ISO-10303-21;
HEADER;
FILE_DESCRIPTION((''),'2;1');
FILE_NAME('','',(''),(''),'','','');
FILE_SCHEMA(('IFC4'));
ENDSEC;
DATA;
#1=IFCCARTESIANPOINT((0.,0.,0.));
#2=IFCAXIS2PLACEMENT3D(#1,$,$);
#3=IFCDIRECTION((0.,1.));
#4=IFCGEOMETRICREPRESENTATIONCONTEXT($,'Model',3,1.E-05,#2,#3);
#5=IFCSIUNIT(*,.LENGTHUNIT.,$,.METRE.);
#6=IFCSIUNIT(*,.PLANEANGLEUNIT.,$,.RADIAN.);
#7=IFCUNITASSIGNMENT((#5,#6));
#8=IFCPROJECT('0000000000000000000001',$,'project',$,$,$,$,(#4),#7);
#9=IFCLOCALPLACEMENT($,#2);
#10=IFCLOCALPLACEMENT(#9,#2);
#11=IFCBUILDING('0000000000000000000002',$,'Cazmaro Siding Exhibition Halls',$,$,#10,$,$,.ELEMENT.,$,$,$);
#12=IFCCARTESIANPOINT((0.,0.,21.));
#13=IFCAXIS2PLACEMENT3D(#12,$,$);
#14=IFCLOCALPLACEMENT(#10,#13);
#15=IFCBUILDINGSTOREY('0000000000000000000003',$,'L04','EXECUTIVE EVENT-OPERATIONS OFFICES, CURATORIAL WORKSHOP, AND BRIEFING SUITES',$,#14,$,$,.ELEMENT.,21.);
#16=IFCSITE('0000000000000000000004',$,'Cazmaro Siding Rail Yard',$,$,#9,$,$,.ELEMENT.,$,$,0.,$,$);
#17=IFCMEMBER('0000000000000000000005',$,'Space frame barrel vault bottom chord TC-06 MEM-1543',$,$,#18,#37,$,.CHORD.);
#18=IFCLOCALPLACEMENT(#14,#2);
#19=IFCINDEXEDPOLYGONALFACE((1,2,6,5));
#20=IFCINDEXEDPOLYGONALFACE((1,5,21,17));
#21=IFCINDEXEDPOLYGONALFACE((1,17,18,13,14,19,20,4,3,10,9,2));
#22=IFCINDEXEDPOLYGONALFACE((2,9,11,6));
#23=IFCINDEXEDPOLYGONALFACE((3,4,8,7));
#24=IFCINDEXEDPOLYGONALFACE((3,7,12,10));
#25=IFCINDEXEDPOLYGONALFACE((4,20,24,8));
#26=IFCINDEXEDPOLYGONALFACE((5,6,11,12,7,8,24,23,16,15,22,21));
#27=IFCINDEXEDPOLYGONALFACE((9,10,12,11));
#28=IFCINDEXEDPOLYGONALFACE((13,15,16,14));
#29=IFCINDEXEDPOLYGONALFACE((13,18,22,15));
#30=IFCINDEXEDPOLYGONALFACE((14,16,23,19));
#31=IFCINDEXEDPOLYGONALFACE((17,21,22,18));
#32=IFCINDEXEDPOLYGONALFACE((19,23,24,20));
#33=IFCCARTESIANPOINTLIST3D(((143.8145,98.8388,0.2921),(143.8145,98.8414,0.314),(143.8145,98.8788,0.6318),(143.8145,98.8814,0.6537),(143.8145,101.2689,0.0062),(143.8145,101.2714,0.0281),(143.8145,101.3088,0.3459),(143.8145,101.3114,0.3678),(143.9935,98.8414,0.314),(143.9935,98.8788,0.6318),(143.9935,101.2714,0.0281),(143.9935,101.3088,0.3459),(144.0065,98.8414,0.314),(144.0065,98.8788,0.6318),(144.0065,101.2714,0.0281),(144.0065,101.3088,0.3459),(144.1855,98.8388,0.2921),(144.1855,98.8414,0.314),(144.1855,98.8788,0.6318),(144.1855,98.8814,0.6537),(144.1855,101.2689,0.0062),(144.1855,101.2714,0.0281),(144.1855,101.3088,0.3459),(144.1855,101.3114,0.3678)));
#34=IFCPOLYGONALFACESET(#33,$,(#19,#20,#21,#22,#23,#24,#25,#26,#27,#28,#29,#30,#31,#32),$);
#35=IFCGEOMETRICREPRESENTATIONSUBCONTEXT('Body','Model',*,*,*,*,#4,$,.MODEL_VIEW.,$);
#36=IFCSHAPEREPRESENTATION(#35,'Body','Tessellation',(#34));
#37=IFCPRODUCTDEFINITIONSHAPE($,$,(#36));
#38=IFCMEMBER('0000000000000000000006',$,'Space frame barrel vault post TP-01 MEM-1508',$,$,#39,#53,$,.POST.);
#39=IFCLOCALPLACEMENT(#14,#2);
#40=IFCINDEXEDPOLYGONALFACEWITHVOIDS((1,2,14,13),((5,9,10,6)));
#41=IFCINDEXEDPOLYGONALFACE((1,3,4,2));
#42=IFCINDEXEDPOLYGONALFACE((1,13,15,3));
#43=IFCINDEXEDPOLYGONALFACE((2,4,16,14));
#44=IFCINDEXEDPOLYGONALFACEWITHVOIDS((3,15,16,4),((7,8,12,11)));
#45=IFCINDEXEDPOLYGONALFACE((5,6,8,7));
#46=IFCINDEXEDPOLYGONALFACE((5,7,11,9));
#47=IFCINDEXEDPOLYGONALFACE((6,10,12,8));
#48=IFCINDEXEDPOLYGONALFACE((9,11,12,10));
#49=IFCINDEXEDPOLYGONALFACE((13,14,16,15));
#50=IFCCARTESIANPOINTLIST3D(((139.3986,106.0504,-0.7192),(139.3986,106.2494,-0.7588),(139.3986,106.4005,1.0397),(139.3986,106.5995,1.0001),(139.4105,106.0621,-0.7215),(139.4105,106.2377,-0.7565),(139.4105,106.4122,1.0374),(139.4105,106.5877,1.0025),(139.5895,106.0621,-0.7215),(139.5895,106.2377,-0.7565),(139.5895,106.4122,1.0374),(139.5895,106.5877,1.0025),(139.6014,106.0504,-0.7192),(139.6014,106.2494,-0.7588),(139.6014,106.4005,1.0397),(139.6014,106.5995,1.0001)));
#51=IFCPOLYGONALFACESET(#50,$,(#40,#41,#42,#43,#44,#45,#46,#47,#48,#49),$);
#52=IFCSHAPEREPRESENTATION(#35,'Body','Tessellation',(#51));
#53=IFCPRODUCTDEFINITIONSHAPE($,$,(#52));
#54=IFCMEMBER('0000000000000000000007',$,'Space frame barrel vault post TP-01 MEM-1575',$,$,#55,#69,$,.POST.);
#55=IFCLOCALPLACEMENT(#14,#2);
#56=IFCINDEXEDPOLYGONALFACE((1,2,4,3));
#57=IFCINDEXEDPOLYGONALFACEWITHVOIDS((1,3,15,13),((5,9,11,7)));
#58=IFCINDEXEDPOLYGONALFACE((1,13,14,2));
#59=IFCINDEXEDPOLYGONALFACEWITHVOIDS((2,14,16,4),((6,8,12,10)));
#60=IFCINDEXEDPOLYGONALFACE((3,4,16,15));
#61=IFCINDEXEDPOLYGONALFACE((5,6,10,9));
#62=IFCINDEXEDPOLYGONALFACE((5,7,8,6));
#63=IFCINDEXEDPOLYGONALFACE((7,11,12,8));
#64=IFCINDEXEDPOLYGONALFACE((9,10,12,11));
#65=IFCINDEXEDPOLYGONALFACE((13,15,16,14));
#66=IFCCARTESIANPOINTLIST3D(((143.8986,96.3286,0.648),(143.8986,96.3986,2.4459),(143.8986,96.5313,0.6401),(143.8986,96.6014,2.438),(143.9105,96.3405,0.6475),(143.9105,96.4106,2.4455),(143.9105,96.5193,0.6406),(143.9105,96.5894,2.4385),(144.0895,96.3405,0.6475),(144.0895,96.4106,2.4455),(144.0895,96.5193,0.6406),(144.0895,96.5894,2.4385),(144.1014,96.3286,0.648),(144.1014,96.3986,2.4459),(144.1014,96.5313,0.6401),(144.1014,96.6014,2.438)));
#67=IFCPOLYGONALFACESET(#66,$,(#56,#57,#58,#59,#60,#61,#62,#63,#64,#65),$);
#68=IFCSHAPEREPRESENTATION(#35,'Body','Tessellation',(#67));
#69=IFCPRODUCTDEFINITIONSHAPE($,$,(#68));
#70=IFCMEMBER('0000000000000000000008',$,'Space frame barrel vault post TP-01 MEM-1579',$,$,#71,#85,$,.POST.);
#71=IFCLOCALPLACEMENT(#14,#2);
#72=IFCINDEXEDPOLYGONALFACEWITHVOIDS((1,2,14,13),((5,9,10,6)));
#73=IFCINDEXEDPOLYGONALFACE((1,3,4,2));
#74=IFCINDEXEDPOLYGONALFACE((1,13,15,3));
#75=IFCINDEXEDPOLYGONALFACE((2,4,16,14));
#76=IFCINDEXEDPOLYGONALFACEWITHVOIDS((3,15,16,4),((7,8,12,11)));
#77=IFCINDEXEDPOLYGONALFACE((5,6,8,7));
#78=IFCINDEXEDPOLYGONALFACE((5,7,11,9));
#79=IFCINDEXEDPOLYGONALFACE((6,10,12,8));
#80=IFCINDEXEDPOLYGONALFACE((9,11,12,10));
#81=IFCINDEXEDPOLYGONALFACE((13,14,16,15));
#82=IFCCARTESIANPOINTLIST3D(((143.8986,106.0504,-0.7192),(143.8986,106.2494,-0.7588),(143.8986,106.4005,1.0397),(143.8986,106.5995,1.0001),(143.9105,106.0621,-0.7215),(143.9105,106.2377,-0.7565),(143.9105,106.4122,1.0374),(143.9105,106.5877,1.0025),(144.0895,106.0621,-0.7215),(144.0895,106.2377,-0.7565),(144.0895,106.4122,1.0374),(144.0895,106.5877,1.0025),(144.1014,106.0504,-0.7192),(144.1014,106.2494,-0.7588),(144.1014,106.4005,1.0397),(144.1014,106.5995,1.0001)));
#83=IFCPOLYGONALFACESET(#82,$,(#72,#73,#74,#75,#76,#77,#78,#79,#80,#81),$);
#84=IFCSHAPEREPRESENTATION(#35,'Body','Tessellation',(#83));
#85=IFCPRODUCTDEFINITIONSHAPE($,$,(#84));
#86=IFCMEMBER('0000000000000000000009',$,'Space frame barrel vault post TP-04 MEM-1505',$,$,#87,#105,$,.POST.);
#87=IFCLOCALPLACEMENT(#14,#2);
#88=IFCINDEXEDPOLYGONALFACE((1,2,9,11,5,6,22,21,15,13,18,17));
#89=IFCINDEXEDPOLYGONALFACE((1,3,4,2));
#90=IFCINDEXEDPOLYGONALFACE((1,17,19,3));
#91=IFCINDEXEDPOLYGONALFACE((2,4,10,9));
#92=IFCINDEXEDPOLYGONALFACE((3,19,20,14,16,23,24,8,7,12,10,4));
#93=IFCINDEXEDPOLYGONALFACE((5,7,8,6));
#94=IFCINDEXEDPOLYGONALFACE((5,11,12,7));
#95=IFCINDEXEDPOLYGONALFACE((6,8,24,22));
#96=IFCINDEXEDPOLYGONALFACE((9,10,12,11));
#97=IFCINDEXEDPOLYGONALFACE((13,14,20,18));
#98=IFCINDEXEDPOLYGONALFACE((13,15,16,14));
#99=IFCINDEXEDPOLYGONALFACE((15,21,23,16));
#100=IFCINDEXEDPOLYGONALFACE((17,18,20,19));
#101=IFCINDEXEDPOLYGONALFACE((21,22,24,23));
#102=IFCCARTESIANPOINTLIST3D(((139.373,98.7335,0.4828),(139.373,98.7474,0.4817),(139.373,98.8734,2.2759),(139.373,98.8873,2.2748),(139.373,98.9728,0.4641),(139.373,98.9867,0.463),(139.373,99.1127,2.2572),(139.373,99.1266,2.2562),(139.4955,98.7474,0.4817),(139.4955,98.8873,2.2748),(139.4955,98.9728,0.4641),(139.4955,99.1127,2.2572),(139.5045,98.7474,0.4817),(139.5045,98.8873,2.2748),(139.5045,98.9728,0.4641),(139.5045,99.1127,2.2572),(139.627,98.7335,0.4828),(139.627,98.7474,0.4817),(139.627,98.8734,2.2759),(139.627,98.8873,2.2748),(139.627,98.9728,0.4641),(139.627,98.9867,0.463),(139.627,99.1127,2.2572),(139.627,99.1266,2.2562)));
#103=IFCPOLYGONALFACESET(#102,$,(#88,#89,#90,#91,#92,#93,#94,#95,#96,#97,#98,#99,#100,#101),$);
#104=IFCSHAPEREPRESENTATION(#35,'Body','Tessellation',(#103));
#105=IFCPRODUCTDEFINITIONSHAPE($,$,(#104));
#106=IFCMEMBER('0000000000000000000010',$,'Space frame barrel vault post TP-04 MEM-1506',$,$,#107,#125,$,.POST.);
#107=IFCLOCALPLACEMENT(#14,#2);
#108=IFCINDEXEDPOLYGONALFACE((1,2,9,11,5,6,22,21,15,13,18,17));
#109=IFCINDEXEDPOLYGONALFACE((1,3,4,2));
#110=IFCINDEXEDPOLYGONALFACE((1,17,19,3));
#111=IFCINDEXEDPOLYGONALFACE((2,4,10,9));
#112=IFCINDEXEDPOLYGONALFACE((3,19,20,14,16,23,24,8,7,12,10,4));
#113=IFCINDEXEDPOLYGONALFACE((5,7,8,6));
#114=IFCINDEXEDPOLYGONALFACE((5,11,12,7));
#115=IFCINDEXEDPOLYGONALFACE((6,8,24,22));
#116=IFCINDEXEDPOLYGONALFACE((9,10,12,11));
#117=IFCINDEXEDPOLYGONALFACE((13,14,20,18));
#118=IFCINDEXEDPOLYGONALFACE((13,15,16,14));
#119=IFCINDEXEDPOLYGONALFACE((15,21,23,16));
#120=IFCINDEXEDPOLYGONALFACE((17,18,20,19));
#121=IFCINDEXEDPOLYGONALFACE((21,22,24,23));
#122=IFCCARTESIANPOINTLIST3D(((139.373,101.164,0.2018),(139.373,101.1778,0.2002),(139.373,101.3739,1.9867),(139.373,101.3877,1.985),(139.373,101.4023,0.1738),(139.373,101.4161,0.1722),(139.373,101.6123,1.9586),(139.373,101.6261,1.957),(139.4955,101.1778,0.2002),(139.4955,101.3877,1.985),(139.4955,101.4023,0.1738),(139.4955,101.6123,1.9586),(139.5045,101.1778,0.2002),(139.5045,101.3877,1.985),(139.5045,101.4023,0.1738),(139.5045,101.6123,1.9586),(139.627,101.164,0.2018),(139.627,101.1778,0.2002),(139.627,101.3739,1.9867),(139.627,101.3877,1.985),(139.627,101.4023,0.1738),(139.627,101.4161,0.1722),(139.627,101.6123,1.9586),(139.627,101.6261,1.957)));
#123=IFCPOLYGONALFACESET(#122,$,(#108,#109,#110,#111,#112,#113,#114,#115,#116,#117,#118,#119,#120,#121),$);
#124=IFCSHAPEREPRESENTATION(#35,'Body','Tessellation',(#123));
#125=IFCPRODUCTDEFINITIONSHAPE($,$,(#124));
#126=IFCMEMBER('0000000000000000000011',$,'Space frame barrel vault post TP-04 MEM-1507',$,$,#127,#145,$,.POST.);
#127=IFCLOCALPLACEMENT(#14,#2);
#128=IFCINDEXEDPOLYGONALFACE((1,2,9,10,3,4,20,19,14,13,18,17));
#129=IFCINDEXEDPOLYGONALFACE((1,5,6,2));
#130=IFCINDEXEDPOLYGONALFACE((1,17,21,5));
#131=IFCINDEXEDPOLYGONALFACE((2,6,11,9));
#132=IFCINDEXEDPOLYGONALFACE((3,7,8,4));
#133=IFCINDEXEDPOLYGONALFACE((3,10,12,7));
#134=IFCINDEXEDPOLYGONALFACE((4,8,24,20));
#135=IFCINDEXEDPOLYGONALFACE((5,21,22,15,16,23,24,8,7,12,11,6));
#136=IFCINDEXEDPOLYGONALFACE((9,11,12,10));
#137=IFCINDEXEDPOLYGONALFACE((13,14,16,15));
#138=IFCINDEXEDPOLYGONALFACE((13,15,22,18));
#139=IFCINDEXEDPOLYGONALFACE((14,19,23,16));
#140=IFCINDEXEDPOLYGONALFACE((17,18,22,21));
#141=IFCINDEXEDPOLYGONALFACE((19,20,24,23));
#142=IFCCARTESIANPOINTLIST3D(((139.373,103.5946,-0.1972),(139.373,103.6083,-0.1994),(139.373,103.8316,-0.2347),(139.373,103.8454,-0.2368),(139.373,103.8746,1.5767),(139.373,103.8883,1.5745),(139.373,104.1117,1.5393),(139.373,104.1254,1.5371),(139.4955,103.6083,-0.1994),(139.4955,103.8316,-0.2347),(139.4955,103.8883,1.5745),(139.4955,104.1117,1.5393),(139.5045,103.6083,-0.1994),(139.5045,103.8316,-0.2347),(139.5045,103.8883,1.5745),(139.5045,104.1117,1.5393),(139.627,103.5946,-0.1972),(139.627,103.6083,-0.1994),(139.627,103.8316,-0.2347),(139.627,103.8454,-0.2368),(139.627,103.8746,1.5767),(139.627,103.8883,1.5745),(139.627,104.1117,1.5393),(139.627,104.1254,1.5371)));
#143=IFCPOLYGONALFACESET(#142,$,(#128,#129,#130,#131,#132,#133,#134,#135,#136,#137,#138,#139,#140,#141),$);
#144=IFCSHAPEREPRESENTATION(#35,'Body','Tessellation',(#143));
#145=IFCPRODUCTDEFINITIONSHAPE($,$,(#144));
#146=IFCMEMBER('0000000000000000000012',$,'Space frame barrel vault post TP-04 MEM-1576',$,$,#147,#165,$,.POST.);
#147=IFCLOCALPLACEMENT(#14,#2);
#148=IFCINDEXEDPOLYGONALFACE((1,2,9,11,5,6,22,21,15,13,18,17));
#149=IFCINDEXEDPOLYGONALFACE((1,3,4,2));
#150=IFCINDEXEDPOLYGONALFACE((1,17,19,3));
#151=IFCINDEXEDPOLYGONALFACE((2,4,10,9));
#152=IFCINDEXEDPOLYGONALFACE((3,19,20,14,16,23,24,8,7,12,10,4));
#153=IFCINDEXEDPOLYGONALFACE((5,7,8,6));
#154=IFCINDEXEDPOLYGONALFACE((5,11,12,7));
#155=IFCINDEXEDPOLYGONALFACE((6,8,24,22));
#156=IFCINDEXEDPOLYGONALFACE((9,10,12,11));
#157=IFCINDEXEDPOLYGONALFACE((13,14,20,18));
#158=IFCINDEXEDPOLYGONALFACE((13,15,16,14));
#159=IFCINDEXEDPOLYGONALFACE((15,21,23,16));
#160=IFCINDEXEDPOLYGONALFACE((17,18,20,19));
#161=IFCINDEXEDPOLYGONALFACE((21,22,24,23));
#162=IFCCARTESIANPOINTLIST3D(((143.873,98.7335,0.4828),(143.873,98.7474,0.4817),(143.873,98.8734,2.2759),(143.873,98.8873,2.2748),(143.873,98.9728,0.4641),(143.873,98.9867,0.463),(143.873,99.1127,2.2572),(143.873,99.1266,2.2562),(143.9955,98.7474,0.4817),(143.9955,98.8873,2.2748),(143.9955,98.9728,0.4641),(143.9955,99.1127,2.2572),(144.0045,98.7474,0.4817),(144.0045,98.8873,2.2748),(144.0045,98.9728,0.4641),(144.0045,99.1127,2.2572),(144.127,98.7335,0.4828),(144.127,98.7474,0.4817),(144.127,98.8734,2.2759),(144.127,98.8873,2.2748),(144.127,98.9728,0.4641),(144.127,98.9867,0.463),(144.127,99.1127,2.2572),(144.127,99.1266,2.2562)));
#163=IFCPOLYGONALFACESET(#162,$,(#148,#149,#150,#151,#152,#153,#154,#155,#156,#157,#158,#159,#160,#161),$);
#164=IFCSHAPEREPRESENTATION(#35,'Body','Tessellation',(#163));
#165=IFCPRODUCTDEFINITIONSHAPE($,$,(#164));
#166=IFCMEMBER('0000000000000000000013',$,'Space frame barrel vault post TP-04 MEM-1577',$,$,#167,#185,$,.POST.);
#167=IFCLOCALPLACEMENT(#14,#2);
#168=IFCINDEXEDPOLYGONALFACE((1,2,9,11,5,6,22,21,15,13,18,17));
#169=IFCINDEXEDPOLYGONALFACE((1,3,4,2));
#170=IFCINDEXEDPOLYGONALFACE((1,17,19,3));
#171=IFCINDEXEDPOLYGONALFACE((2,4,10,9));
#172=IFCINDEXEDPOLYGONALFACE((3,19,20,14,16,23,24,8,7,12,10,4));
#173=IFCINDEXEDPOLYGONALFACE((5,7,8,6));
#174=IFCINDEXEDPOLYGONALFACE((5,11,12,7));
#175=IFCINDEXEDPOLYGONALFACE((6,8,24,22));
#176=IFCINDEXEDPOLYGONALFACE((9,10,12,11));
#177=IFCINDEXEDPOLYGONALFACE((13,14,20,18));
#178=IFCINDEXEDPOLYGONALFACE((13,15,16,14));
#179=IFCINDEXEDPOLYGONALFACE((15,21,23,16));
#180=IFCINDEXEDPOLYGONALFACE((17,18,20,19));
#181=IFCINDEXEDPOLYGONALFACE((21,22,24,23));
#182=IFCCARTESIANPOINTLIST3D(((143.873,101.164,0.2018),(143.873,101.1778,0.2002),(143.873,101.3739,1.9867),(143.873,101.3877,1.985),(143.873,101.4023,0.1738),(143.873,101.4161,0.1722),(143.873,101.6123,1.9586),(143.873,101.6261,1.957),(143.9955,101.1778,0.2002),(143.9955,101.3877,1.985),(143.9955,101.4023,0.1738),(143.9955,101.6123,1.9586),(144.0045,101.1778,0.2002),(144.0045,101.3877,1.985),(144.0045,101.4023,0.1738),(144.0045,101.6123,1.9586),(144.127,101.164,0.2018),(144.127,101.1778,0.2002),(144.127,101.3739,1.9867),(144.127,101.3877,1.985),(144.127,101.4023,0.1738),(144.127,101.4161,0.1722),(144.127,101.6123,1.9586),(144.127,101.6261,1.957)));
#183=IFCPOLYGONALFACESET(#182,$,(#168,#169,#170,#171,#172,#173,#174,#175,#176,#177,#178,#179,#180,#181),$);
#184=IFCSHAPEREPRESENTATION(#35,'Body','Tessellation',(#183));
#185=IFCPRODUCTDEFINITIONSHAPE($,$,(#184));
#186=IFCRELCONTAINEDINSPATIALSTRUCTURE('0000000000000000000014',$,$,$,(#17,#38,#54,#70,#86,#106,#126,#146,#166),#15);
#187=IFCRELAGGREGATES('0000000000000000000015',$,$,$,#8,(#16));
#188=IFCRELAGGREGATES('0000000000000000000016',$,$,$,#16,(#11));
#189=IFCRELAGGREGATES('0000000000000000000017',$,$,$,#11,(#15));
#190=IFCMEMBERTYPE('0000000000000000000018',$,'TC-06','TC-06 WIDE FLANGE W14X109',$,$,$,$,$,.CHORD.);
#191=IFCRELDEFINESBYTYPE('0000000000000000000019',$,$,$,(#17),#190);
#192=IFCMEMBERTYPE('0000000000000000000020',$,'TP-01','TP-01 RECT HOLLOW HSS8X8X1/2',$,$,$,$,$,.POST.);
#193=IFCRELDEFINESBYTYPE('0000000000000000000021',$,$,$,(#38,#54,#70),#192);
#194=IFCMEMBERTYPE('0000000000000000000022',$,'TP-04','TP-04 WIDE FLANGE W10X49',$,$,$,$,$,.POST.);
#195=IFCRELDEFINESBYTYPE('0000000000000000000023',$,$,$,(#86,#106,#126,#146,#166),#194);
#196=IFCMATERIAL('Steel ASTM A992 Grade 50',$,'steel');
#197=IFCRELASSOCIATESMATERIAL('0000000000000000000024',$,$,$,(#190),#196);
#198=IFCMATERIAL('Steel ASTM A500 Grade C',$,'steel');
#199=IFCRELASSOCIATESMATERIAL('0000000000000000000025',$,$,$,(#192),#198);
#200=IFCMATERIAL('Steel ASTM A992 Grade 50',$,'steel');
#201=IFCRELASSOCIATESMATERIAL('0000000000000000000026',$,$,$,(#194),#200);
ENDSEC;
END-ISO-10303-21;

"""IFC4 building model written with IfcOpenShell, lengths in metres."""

from ifc_helpers import new_model, si_unit, direction, frame, origin, origin_2d, place, context, subcontext, project, spatial, hollow_rectangle, i_section, extrude, material, material_profile, profile_set, type_object, element, save


model = new_model("IFC4")

# Units and contexts
model_context = context("Model", 3, precision=1e-05, world=origin(), true_north=direction((0.0, 1.0)))
body_context = subcontext(model_context, "Body", "Model", "MODEL_VIEW")
ifc_project = project(units=[si_unit("LENGTHUNIT", "METRE"), si_unit("PLANEANGLEUNIT", "RADIAN")], contexts=[model_context])

# Site, building, storey
site_placement = place(None, origin())
site = spatial("IfcSite", under=ifc_project, at=site_placement, Name="Cazmaro Siding Rail Yard", CompositionType="ELEMENT", RefElevation=0.0)
building_placement = place(site_placement, origin())
building = spatial("IfcBuilding", under=site, at=building_placement, Name="Cazmaro Siding Exhibition Halls", CompositionType="ELEMENT")
storey_placement = place(building_placement, frame((0.0, 0.0, 21.0)))
storey = spatial("IfcBuildingStorey", under=building, at=storey_placement, Name="L04", Description="EXECUTIVE EVENT-OPERATIONS OFFICES, CURATORIAL WORKSHOP, AND BRIEFING SUITES", CompositionType="ELEMENT", Elevation=21.0)

# Members
ifc_material_1 = material(Name="Steel ASTM A992 Grade 50", Category="steel")
ifc_material_profile_1 = material_profile(ifc_material_1, i_section(OverallWidth=0.3711, OverallDepth=0.364, WebThickness=0.0129, FlangeThickness=0.022, at=origin_2d()), Name="W14X109")
ifc_profile_set_1 = profile_set([ifc_material_profile_1], Name="Steel ASTM A992 Grade 50")
member_type_1 = type_object("IfcMemberType", Name="TC-06", Description="TC-06 WIDE FLANGE W14X109", PredefinedType="CHORD", material=ifc_profile_set_1)
member_1_placement = place(storey_placement, frame((144.0, 98.8601, 0.4729), z_axis=(0.0, 0.99315, -0.116847), x_axis=(-1.0, 0.0, 0.0)))
element("IfcMember", 1, at=member_1_placement, inside=storey, type_object=member_type_1, Name="Space frame barrel vault bottom chord TC-06 MEM-1543", PredefinedType="CHORD", context=body_context, shape_type="SweptSolid", body=[
    extrude(i_section(OverallWidth=0.3711, OverallDepth=0.364, WebThickness=0.0129, FlangeThickness=0.022, at=origin_2d()), origin(), (0.0, 0.0, 1.0), 2.4468),
])
ifc_material_2 = material(Name="Steel ASTM A500 Grade C", Category="steel")
ifc_material_profile_2 = material_profile(ifc_material_2, hollow_rectangle(XDim=0.2029, YDim=0.2029, WallThickness=0.012, at=origin_2d()), Name="HSS8X8X1/2")
ifc_profile_set_2 = profile_set([ifc_material_profile_2], Name="Steel ASTM A500 Grade C")
member_type_2 = type_object("IfcMemberType", Name="TP-01", Description="TP-01 RECT HOLLOW HSS8X8X1/2", PredefinedType="POST", material=ifc_profile_set_2)
member_2_placement = place(storey_placement, frame((139.5, 106.1499, -0.739), z_axis=(0.0, 0.1952, 0.980763), x_axis=(-1.0, 0.0, 0.0)))
element("IfcMember", 2, at=member_2_placement, inside=storey, type_object=member_type_2, Name="Space frame barrel vault post TP-01 MEM-1508", PredefinedType="POST", context=body_context, shape_type="SweptSolid", body=[
    extrude(hollow_rectangle(XDim=0.2029, YDim=0.2029, WallThickness=0.012, at=origin_2d()), origin(), (0.0, 0.0, 1.0), 1.7935),
])
member_3_placement = place(storey_placement, frame((144.0, 96.4299, 0.644), z_axis=(0.0, 0.038944, 0.999241), x_axis=(-1.0, 0.0, 0.0)))
element("IfcMember", 3, at=member_3_placement, inside=storey, type_object=member_type_2, Name="Space frame barrel vault post TP-01 MEM-1575", PredefinedType="POST", context=body_context, shape_type="SweptSolid", body=[
    extrude(hollow_rectangle(XDim=0.2029, YDim=0.2029, WallThickness=0.012, at=origin_2d()), origin(), (0.0, 0.0, 1.0), 1.7993),
])
member_4_placement = place(storey_placement, frame((144.0, 106.1499, -0.739), z_axis=(0.0, 0.1952, 0.980763), x_axis=(-1.0, 0.0, 0.0)))
element("IfcMember", 4, at=member_4_placement, inside=storey, type_object=member_type_2, Name="Space frame barrel vault post TP-01 MEM-1579", PredefinedType="POST", context=body_context, shape_type="SweptSolid", body=[
    extrude(hollow_rectangle(XDim=0.2029, YDim=0.2029, WallThickness=0.012, at=origin_2d()), origin(), (0.0, 0.0, 1.0), 1.7935),
])
ifc_material_3 = material(Name="Steel ASTM A992 Grade 50", Category="steel")
ifc_material_profile_3 = material_profile(ifc_material_3, i_section(OverallWidth=0.2539, OverallDepth=0.2539, WebThickness=0.009, FlangeThickness=0.0139, at=origin_2d()), Name="W10X49")
ifc_profile_set_3 = profile_set([ifc_material_profile_3], Name="Steel ASTM A992 Grade 50")
member_type_3 = type_object("IfcMemberType", Name="TP-04", Description="TP-04 WIDE FLANGE W10X49", PredefinedType="POST", material=ifc_profile_set_3)
member_5_placement = place(storey_placement, frame((139.5, 98.8601, 0.4729), z_axis=(0.0, 0.077776, 0.996971), x_axis=(-1.0, 0.0, 0.0)))
element("IfcMember", 5, at=member_5_placement, inside=storey, type_object=member_type_3, Name="Space frame barrel vault post TP-04 MEM-1505", PredefinedType="POST", context=body_context, shape_type="SweptSolid", body=[
    extrude(i_section(OverallWidth=0.2539, OverallDepth=0.2539, WebThickness=0.009, FlangeThickness=0.0139, at=origin_2d()), origin(), (0.0, 0.0, 1.0), 1.7986),
])
member_6_placement = place(storey_placement, frame((139.5, 101.29, 0.187), z_axis=(0.0, 0.116825, 0.993152), x_axis=(-1.0, 0.0, 0.0)))
element("IfcMember", 6, at=member_6_placement, inside=storey, type_object=member_type_3, Name="Space frame barrel vault post TP-04 MEM-1506", PredefinedType="POST", context=body_context, shape_type="SweptSolid", body=[
    extrude(i_section(OverallWidth=0.2539, OverallDepth=0.2539, WebThickness=0.009, FlangeThickness=0.0139, at=origin_2d()), origin(), (0.0, 0.0, 1.0), 1.7971),
])
member_7_placement = place(storey_placement, frame((139.5, 103.72, -0.217), z_axis=(0.0, 0.155928, 0.987768), x_axis=(-1.0, 0.0, 0.0)))
element("IfcMember", 7, at=member_7_placement, inside=storey, type_object=member_type_3, Name="Space frame barrel vault post TP-04 MEM-1507", PredefinedType="POST", context=body_context, shape_type="SweptSolid", body=[
    extrude(i_section(OverallWidth=0.2539, OverallDepth=0.2539, WebThickness=0.009, FlangeThickness=0.0139, at=origin_2d()), origin(), (0.0, 0.0, 1.0), 1.7959),
])
member_8_placement = place(storey_placement, frame((144.0, 98.8601, 0.4729), z_axis=(0.0, 0.077776, 0.996971), x_axis=(-1.0, 0.0, 0.0)))
element("IfcMember", 8, at=member_8_placement, inside=storey, type_object=member_type_3, Name="Space frame barrel vault post TP-04 MEM-1576", PredefinedType="POST", context=body_context, shape_type="SweptSolid", body=[
    extrude(i_section(OverallWidth=0.2539, OverallDepth=0.2539, WebThickness=0.009, FlangeThickness=0.0139, at=origin_2d()), origin(), (0.0, 0.0, 1.0), 1.7986),
])
member_9_placement = place(storey_placement, frame((144.0, 101.29, 0.187), z_axis=(0.0, 0.116825, 0.993152), x_axis=(-1.0, 0.0, 0.0)))
element("IfcMember", 9, at=member_9_placement, inside=storey, type_object=member_type_3, Name="Space frame barrel vault post TP-04 MEM-1577", PredefinedType="POST", context=body_context, shape_type="SweptSolid", body=[
    extrude(i_section(OverallWidth=0.2539, OverallDepth=0.2539, WebThickness=0.009, FlangeThickness=0.0139, at=origin_2d()), origin(), (0.0, 0.0, 1.0), 1.7971),
])

save(model, "model.ifc")
